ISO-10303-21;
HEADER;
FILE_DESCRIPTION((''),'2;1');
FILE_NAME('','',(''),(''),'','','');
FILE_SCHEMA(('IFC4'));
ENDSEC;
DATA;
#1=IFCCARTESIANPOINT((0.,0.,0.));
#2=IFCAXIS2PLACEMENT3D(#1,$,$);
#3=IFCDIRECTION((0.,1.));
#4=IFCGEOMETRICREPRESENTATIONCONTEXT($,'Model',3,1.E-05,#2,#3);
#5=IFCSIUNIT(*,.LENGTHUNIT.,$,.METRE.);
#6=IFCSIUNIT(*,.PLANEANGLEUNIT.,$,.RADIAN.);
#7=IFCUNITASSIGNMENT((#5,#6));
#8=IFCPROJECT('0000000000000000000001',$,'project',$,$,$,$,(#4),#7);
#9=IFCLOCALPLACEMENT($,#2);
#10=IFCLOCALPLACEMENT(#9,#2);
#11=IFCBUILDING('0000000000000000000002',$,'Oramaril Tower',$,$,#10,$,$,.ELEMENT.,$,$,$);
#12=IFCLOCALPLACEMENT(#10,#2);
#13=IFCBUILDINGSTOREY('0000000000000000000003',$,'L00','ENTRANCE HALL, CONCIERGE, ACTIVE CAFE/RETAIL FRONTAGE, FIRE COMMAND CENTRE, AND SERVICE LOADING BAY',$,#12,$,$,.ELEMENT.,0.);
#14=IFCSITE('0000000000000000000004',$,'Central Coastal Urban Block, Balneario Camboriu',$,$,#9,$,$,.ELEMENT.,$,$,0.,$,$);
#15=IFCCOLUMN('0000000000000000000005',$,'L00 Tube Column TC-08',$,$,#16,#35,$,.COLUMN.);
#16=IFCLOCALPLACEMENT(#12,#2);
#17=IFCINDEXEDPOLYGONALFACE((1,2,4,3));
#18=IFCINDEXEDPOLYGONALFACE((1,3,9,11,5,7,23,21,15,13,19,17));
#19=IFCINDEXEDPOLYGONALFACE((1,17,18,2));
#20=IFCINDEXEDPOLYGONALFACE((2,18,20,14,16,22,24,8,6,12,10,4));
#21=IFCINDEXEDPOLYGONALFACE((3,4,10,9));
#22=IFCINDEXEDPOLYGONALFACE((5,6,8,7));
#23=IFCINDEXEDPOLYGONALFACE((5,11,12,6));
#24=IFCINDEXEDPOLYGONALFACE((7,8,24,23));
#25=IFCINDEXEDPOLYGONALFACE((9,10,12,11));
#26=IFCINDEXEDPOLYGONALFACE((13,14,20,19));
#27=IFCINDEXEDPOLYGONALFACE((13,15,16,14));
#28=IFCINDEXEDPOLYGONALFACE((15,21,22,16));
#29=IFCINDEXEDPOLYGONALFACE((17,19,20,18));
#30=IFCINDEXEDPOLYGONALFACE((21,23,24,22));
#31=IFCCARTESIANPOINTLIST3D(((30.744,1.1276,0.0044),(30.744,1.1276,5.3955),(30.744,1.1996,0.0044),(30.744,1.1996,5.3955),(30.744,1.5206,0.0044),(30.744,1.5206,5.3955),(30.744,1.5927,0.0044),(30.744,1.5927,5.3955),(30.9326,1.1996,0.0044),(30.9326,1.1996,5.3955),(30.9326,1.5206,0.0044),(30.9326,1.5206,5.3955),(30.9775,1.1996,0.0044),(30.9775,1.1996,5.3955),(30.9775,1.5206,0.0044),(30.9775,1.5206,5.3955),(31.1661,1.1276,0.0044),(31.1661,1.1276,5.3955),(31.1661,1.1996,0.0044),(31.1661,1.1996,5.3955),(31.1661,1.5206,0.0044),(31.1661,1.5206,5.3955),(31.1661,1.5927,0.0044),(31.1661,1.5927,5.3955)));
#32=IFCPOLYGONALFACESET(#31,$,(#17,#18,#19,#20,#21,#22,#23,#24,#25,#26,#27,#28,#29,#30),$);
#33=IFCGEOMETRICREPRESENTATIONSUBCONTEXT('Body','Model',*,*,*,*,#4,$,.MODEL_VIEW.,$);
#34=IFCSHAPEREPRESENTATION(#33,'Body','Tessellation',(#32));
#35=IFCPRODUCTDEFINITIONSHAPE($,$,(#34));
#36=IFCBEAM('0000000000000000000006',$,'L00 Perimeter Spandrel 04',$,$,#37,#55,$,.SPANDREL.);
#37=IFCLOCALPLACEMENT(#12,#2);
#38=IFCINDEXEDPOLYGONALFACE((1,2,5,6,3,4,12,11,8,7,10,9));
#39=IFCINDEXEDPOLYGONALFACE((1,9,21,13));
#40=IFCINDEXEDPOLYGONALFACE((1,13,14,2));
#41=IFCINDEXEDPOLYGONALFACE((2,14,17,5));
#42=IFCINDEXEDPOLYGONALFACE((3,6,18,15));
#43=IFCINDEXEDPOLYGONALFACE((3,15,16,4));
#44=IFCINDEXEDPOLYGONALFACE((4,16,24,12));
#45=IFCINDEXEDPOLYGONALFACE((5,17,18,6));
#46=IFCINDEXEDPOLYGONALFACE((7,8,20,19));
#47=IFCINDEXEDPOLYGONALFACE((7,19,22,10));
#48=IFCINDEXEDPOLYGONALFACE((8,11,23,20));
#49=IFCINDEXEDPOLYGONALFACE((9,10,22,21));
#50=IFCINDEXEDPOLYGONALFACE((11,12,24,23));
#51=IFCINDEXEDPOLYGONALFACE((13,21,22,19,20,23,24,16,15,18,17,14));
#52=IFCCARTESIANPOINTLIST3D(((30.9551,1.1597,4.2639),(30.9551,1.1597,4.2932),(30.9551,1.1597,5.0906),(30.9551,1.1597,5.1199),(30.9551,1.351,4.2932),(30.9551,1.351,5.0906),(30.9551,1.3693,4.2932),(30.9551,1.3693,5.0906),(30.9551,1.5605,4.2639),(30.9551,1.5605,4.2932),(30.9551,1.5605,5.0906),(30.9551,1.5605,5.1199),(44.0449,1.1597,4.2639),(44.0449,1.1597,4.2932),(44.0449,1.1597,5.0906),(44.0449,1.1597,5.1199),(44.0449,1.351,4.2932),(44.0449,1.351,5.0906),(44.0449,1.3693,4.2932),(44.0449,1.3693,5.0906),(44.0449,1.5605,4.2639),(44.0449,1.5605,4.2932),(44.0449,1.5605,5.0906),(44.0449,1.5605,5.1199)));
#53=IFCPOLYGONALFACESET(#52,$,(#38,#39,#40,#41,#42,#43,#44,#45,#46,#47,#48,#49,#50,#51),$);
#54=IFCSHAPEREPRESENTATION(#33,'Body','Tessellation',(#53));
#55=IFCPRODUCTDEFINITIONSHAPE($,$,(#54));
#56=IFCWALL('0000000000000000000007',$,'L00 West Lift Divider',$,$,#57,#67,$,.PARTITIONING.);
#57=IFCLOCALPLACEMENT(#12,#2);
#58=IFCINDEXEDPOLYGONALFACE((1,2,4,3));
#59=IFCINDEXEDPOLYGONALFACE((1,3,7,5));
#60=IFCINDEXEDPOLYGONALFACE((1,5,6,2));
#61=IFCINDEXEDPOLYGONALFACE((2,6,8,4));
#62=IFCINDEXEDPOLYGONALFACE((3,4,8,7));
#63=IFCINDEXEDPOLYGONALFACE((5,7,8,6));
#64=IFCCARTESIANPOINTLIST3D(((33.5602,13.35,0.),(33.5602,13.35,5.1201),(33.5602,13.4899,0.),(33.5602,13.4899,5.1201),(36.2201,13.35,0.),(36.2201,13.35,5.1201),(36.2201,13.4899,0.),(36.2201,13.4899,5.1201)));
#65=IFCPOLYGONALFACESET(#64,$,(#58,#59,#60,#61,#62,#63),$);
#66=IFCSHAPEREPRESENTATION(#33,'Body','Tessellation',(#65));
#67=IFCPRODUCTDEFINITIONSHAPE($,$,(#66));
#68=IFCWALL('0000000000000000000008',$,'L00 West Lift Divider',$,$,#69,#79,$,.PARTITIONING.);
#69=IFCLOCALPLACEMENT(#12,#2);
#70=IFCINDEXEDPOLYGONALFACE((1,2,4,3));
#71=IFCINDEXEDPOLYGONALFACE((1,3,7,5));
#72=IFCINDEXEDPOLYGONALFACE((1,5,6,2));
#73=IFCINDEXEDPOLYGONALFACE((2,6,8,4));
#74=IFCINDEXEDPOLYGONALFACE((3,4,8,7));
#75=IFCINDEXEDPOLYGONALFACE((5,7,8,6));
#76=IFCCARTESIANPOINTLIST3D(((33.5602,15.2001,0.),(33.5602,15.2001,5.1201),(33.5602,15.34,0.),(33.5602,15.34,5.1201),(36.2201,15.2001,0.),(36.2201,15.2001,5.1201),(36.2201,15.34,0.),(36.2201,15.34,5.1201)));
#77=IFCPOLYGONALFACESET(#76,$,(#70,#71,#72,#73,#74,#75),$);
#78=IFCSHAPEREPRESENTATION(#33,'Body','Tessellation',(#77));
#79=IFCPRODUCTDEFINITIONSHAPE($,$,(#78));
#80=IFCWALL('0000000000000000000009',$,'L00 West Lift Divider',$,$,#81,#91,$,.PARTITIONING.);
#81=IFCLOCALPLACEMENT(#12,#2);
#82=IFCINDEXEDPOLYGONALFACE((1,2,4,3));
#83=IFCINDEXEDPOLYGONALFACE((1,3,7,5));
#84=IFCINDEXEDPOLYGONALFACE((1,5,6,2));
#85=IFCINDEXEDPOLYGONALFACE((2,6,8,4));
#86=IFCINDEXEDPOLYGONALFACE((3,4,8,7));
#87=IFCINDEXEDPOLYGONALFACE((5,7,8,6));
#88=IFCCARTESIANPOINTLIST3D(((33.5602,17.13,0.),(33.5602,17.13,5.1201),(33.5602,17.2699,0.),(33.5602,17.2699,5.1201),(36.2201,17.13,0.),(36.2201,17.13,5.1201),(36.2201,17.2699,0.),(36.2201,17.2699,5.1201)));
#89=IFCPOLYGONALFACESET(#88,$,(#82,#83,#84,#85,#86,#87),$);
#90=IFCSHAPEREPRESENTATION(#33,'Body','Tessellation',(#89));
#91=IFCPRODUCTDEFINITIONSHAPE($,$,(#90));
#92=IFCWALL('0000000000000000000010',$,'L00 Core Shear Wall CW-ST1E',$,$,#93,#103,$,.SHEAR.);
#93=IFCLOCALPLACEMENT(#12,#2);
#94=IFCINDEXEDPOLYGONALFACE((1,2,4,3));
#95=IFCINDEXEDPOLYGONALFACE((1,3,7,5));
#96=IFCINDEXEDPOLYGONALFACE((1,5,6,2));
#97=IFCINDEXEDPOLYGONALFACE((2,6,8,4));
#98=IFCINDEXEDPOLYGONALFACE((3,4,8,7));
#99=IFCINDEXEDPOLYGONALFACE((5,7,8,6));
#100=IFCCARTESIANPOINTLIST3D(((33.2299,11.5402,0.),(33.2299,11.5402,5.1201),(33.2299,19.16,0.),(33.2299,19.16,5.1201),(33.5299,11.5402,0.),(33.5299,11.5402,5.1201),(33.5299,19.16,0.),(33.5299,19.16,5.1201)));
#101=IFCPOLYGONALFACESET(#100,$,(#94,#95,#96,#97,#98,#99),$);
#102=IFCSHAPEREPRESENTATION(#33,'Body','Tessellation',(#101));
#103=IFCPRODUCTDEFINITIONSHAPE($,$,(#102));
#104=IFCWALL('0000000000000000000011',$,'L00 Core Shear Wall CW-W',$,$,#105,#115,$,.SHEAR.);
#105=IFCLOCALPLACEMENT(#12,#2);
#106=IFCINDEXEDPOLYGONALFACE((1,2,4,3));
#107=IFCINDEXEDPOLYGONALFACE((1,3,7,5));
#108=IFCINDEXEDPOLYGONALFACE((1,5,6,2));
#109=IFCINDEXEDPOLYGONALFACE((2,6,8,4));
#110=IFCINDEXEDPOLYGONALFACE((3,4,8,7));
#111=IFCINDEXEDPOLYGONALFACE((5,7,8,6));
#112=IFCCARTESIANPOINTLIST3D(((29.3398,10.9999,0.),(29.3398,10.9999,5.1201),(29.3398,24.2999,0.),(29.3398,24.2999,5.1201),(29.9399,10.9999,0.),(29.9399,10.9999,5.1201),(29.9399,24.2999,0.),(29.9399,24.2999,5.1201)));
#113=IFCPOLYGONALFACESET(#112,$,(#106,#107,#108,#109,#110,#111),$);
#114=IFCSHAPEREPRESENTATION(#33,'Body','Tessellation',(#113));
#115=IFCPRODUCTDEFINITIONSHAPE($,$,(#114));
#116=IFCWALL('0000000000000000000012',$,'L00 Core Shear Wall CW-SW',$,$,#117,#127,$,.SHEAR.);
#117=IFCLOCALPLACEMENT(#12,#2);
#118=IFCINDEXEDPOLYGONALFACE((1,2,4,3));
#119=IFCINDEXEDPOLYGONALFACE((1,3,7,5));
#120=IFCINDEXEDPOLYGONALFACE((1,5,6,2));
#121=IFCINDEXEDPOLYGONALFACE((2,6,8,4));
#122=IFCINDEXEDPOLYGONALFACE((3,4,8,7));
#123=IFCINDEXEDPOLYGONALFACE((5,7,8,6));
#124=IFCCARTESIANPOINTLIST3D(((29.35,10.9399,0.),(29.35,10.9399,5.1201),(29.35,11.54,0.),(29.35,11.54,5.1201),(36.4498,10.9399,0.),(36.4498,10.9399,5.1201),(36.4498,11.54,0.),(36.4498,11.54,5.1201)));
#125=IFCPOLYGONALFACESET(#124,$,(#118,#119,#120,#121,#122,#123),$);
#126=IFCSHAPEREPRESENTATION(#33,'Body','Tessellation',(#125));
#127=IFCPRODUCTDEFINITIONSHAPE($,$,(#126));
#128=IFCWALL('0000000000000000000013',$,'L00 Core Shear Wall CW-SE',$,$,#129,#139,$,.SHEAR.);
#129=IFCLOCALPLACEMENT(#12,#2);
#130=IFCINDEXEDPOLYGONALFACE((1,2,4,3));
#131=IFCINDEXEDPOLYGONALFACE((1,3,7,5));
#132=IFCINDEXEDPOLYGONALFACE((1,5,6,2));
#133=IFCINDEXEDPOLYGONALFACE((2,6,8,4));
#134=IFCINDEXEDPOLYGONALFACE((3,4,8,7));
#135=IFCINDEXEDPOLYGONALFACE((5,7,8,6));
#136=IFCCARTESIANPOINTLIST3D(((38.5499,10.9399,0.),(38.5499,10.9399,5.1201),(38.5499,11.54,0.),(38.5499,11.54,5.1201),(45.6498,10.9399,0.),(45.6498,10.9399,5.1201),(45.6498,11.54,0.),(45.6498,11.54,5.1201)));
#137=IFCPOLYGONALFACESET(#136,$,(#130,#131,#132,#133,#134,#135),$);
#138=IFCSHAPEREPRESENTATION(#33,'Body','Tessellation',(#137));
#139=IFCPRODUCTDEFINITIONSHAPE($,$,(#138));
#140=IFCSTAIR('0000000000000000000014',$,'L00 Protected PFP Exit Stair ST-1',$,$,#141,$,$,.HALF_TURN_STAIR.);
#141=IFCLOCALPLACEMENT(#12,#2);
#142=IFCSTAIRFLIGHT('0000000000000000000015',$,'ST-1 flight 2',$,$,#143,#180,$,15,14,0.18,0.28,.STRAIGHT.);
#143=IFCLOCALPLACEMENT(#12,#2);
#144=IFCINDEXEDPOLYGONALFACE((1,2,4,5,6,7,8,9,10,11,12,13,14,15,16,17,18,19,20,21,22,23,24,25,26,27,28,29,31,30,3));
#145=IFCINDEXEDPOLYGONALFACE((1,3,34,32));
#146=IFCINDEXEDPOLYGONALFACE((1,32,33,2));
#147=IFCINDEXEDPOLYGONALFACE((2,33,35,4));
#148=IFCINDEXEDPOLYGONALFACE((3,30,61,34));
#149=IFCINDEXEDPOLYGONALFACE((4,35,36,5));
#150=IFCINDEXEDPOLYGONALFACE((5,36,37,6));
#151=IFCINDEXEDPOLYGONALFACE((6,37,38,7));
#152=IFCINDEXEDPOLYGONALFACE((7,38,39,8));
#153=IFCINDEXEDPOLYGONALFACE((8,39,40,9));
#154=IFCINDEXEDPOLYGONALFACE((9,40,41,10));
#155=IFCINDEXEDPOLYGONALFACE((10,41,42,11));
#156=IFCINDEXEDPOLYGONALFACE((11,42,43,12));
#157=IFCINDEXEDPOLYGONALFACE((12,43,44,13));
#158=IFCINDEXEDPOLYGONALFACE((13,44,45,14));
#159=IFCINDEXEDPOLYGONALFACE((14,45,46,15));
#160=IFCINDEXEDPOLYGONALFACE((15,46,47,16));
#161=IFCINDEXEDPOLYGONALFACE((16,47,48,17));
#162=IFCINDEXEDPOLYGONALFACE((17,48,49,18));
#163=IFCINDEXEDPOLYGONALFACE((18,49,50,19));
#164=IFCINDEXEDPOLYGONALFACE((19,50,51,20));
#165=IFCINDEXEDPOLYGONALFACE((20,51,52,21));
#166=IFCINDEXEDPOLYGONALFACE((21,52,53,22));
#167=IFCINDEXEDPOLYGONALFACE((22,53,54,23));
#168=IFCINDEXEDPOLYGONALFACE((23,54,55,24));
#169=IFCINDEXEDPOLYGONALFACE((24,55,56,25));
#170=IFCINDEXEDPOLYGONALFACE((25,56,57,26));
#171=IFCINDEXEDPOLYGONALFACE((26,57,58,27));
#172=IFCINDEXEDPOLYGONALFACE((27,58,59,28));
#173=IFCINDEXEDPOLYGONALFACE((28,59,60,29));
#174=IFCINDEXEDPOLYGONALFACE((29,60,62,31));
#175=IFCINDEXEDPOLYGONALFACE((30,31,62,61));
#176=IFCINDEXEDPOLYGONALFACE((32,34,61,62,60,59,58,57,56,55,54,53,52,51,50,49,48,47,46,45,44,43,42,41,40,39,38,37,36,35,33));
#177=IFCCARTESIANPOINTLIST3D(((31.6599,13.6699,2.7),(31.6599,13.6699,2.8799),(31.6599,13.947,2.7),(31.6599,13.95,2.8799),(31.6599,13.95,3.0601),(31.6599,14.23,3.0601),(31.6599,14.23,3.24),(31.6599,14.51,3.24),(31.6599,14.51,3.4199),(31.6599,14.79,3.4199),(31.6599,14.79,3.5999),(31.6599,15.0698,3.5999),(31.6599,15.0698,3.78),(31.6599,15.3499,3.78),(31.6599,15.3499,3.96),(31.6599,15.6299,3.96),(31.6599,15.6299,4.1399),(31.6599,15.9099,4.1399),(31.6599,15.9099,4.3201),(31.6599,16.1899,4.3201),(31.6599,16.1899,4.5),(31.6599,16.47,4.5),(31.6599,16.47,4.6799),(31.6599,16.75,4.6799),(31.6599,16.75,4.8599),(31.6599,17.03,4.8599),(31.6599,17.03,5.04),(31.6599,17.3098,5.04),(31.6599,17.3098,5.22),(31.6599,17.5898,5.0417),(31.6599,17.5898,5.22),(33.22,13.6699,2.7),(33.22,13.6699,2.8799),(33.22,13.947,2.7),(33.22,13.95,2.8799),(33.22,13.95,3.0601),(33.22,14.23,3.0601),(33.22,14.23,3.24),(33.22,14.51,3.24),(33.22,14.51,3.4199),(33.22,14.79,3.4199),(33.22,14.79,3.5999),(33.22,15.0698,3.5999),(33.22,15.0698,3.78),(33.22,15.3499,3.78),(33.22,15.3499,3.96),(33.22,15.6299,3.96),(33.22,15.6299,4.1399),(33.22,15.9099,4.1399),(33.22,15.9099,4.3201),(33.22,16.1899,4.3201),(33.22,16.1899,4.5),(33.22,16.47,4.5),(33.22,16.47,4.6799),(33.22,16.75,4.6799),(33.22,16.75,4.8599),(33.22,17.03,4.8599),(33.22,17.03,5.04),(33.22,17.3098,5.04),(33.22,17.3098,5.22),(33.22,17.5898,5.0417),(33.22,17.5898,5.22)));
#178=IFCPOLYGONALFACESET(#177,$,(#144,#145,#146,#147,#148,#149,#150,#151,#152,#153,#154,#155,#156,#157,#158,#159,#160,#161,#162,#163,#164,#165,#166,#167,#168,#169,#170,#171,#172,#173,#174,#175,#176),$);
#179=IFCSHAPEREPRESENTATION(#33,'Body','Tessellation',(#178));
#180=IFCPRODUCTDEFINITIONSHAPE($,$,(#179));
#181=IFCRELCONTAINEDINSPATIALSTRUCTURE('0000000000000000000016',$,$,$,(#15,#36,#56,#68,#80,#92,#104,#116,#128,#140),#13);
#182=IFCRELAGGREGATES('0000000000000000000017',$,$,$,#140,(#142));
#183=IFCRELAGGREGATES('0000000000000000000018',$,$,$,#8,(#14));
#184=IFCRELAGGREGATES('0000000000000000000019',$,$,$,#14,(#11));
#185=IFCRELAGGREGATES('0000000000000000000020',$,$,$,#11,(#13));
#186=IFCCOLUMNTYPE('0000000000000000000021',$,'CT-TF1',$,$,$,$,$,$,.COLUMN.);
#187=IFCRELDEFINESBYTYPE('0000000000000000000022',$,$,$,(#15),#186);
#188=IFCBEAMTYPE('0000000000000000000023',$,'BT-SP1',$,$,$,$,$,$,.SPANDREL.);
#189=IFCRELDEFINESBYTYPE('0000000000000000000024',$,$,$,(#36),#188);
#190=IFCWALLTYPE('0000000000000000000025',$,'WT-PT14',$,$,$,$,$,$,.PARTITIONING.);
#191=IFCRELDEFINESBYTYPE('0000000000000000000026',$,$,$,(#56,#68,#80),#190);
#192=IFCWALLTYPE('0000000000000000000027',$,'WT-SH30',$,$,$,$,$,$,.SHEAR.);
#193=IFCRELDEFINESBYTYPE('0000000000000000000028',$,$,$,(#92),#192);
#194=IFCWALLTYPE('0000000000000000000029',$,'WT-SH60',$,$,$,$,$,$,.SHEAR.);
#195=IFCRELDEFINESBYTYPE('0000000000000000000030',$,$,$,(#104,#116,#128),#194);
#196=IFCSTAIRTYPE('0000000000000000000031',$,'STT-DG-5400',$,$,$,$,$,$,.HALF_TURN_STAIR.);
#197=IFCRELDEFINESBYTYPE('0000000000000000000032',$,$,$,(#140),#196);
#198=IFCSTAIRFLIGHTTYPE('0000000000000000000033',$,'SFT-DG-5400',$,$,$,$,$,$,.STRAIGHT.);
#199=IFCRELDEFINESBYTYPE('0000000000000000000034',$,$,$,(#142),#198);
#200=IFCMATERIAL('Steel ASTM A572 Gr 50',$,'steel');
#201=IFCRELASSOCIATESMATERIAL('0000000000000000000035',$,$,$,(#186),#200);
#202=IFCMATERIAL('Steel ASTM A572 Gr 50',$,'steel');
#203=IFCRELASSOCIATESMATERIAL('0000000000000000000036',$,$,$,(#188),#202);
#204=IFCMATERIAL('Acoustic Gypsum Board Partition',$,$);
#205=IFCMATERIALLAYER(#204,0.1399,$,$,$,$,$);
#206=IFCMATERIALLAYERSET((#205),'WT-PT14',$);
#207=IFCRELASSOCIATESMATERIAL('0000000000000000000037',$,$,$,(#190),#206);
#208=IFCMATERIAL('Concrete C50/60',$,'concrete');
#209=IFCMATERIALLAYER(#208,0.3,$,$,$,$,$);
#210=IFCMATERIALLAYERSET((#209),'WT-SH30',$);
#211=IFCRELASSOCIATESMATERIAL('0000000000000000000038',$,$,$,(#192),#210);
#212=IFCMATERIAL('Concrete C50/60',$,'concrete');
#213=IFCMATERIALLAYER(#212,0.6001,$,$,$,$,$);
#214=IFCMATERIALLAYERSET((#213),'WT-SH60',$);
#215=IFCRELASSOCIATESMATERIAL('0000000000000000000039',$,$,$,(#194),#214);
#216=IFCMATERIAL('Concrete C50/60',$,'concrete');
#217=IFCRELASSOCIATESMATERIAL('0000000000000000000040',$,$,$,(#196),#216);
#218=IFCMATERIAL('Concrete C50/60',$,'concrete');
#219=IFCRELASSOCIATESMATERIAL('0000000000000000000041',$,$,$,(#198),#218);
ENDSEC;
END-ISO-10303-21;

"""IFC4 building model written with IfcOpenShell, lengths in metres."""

from ifc_helpers import new_model, si_unit, direction, frame, frame_2d, origin, origin_2d, place, context, subcontext, project, spatial, polyline, rectangle, i_section, outline, extrude, material, layer, layer_set, material_profile, profile_set, type_object, element, aggregate, save


model = new_model("IFC4")

# Units and contexts
model_context = context("Model", 3, precision=1e-05, world=origin(), true_north=direction((0.0, 1.0)))
body_context = subcontext(model_context, "Body", "Model", "MODEL_VIEW")
ifc_project = project(units=[si_unit("LENGTHUNIT", "METRE"), si_unit("PLANEANGLEUNIT", "RADIAN")], contexts=[model_context])

# Site, building, storey
site_placement = place(None, origin())
site = spatial("IfcSite", under=ifc_project, at=site_placement, Name="Central Coastal Urban Block, Balneario Camboriu", CompositionType="ELEMENT", RefElevation=0.0)
building_placement = place(site_placement, origin())
building = spatial("IfcBuilding", under=site, at=building_placement, Name="Oramaril Tower", CompositionType="ELEMENT")
storey_placement = place(building_placement, origin())
storey = spatial("IfcBuildingStorey", under=building, at=storey_placement, Name="L00", Description="ENTRANCE HALL, CONCIERGE, ACTIVE CAFE/RETAIL FRONTAGE, FIRE COMMAND CENTRE, AND SERVICE LOADING BAY", CompositionType="ELEMENT", Elevation=0.0)

# Column
ifc_material_1 = material(Name="Steel ASTM A572 Gr 50", Category="steel")
ifc_material_profile_1 = material_profile(ifc_material_1, i_section(OverallWidth=0.4221, OverallDepth=0.4651, WebThickness=0.0449, FlangeThickness=0.072, at=origin_2d()), Name="W14X398")
ifc_profile_set_1 = profile_set([ifc_material_profile_1], Name="Steel ASTM A572 Gr 50")
column_type = type_object("IfcColumnType", Name="CT-TF1", PredefinedType="COLUMN", material=ifc_profile_set_1)
column_placement = place(storey_placement, frame((30.9551, 1.3601, 0.0044), z_axis=(0.0, 0.0, 1.0), x_axis=(1.0, 0.0, 0.0)))
element("IfcColumn", 1, at=column_placement, inside=storey, type_object=column_type, Name="L00 Tube Column TC-08", PredefinedType="COLUMN", context=body_context, shape_type="SweptSolid", body=[
    extrude(i_section(OverallWidth=0.4221, OverallDepth=0.4651, WebThickness=0.0449, FlangeThickness=0.072, at=origin_2d()), origin(), (0.0, 0.0, 1.0), 5.3911),
])

# Beam
ifc_material_2 = material(Name="Steel ASTM A572 Gr 50", Category="steel")
ifc_material_profile_2 = material_profile(ifc_material_2, i_section(OverallWidth=0.4009, OverallDepth=0.856, WebThickness=0.0183, FlangeThickness=0.0293, at=origin_2d()), Name="W33X201")
ifc_profile_set_2 = profile_set([ifc_material_profile_2], Name="Steel ASTM A572 Gr 50")
beam_type = type_object("IfcBeamType", Name="BT-SP1", PredefinedType="SPANDREL", material=ifc_profile_set_2)
beam_placement = place(storey_placement, frame((30.9551, 1.3601, 4.6919), z_axis=(1.0, 0.0, 0.0), x_axis=(0.0, 1.0, 0.0)))
element("IfcBeam", 2, at=beam_placement, inside=storey, type_object=beam_type, Name="L00 Perimeter Spandrel 04", PredefinedType="SPANDREL", context=body_context, shape_type="SweptSolid", body=[
    extrude(i_section(OverallWidth=0.4009, OverallDepth=0.856, WebThickness=0.0183, FlangeThickness=0.0293, at=origin_2d()), origin(), (0.0, 0.0, 1.0), 13.0898),
])

# Walls
ifc_material_3 = material(Name="Acoustic Gypsum Board Partition")
ifc_layer_1 = layer(ifc_material_3, 0.1399)
ifc_layer_set_1 = layer_set([ifc_layer_1], Name="WT-PT14")
wall_type_1 = type_object("IfcWallType", Name="WT-PT14", PredefinedType="PARTITIONING", material=ifc_layer_set_1)
for number, where, z_axis, x_axis, name in (
    (3, (33.5601, 13.4199, 0.0), (0.0, 0.0, 1.0), (1.0, 0.0, 0.0), "L00 West Lift Divider"),
    (4, (33.5601, 15.27, 0.0), (0.0, 0.0, 1.0), (1.0, 0.0, 0.0), "L00 West Lift Divider"),
    (5, (33.5601, 17.2, 0.0), (0.0, 0.0, 1.0), (1.0, 0.0, 0.0), "L00 West Lift Divider"),
):
    element("IfcWall", number, at=place(storey_placement, frame(where, z_axis=z_axis, x_axis=x_axis)), inside=storey, type_object=wall_type_1, Name=name, PredefinedType="PARTITIONING", context=body_context, shape_type="SweptSolid", body=[
        extrude(rectangle(XDim=2.6599, YDim=0.1399, at=frame_2d((1.3301, 0.0))), origin(), (0.0, 0.0, 1.0), 5.1201),
    ])
ifc_material_4 = material(Name="Concrete C50/60", Category="concrete")
ifc_layer_2 = layer(ifc_material_4, 0.3)
ifc_layer_set_2 = layer_set([ifc_layer_2], Name="WT-SH30")
wall_type_2 = type_object("IfcWallType", Name="WT-SH30", PredefinedType="SHEAR", material=ifc_layer_set_2)
wall_1_placement = place(storey_placement, frame((33.3799, 11.54, 0.0), z_axis=(0.0, 0.0, 1.0), x_axis=(0.0, 1.0, 0.0)))
element("IfcWall", 6, at=wall_1_placement, inside=storey, type_object=wall_type_2, Name="L00 Core Shear Wall CW-ST1E", PredefinedType="SHEAR", context=body_context, shape_type="SweptSolid", body=[
    extrude(rectangle(XDim=7.6199, YDim=0.3, at=frame_2d((3.8101, 0.0))), origin(), (0.0, 0.0, 1.0), 5.1201),
])
ifc_material_5 = material(Name="Concrete C50/60", Category="concrete")
ifc_layer_3 = layer(ifc_material_5, 0.6001)
ifc_layer_set_3 = layer_set([ifc_layer_3], Name="WT-SH60")
wall_type_3 = type_object("IfcWallType", Name="WT-SH60", PredefinedType="SHEAR", material=ifc_layer_set_3)
wall_2_placement = place(storey_placement, frame((29.6399, 11.0, 0.0), z_axis=(0.0, 0.0, 1.0), x_axis=(0.0, 1.0, 0.0)))
element("IfcWall", 7, at=wall_2_placement, inside=storey, type_object=wall_type_3, Name="L00 Core Shear Wall CW-W", PredefinedType="SHEAR", context=body_context, shape_type="SweptSolid", body=[
    extrude(rectangle(XDim=13.3, YDim=0.6001, at=frame_2d((6.6499, 0.0))), origin(), (0.0, 0.0, 1.0), 5.1201),
])
for number, where, z_axis, x_axis, name in (
    (8, (29.3501, 11.24, 0.0), (0.0, 0.0, 1.0), (1.0, 0.0, 0.0), "L00 Core Shear Wall CW-SW"),
    (9, (38.55, 11.24, 0.0), (0.0, 0.0, 1.0), (1.0, 0.0, 0.0), "L00 Core Shear Wall CW-SE"),
):
    element("IfcWall", number, at=place(storey_placement, frame(where, z_axis=z_axis, x_axis=x_axis)), inside=storey, type_object=wall_type_3, Name=name, PredefinedType="SHEAR", context=body_context, shape_type="SweptSolid", body=[
        extrude(rectangle(XDim=7.0999, YDim=0.6001, at=frame_2d((3.5498, 0.0))), origin(), (0.0, 0.0, 1.0), 5.1201),
    ])

# Stair, stair flight
ifc_material_6 = material(Name="Concrete C50/60", Category="concrete")
stair_type = type_object("IfcStairType", Name="STT-DG-5400", PredefinedType="HALF_TURN_STAIR", material=ifc_material_6)
stair_placement = place(storey_placement, origin())
stair = element("IfcStair", 10, at=stair_placement, inside=storey, type_object=stair_type, Name="L00 Protected PFP Exit Stair ST-1", PredefinedType="HALF_TURN_STAIR")
ifc_material_7 = material(Name="Concrete C50/60", Category="concrete")
stair_flight_type = type_object("IfcStairFlightType", Name="SFT-DG-5400", PredefinedType="STRAIGHT", material=ifc_material_7)
stair_flight_placement = place(storey_placement, frame((32.4399, 13.6699, 2.7), z_axis=(0.0, 0.0, 1.0), x_axis=(0.0, 1.0, 0.0)))
stair_flight = element("IfcStairFlight", 11, at=stair_flight_placement, type_object=stair_flight_type, Name="ST-1 flight 2", NumberOfRisers=15, NumberOfTreads=14, PredefinedType="STRAIGHT", RiserHeight=0.18, TreadLength=0.28, context=body_context, shape_type="SweptSolid", body=[
    extrude(outline(polyline([(0.0, 0.0), (0.0, 0.1799), (0.28, 0.1799), (0.28, 0.3601), (0.5601, 0.3601), (0.5601, 0.54), (0.8401, 0.54), (0.8401, 0.72), (1.1201, 0.72), (1.1201, 0.8999), (1.3999, 0.8999), (1.3999, 1.0801), (1.6799, 1.0801), (1.6799, 1.26), (1.96, 1.26), (1.96, 1.4399), (2.24, 1.4399), (2.24, 1.6201), (2.52, 1.6201), (2.52, 1.8), (2.8, 1.8), (2.8, 1.98), (3.0801, 1.98), (3.0801, 2.1599), (3.3601, 2.1599), (3.3601, 2.3401), (3.6399, 2.3401), (3.6399, 2.52), (3.9199, 2.52), (3.9199, 2.7), (3.9199, 2.3418), (0.2771, 0.0), (0.0, 0.0)])), frame((0.0, 0.78, 0.0), z_axis=(0.0, -1.0, 0.0), x_axis=(1.0, 0.0, 0.0)), (0.0, 0.0, 1.0), 1.5601),
])
aggregate(stair, [stair_flight])

save(model, "model.ifc")
